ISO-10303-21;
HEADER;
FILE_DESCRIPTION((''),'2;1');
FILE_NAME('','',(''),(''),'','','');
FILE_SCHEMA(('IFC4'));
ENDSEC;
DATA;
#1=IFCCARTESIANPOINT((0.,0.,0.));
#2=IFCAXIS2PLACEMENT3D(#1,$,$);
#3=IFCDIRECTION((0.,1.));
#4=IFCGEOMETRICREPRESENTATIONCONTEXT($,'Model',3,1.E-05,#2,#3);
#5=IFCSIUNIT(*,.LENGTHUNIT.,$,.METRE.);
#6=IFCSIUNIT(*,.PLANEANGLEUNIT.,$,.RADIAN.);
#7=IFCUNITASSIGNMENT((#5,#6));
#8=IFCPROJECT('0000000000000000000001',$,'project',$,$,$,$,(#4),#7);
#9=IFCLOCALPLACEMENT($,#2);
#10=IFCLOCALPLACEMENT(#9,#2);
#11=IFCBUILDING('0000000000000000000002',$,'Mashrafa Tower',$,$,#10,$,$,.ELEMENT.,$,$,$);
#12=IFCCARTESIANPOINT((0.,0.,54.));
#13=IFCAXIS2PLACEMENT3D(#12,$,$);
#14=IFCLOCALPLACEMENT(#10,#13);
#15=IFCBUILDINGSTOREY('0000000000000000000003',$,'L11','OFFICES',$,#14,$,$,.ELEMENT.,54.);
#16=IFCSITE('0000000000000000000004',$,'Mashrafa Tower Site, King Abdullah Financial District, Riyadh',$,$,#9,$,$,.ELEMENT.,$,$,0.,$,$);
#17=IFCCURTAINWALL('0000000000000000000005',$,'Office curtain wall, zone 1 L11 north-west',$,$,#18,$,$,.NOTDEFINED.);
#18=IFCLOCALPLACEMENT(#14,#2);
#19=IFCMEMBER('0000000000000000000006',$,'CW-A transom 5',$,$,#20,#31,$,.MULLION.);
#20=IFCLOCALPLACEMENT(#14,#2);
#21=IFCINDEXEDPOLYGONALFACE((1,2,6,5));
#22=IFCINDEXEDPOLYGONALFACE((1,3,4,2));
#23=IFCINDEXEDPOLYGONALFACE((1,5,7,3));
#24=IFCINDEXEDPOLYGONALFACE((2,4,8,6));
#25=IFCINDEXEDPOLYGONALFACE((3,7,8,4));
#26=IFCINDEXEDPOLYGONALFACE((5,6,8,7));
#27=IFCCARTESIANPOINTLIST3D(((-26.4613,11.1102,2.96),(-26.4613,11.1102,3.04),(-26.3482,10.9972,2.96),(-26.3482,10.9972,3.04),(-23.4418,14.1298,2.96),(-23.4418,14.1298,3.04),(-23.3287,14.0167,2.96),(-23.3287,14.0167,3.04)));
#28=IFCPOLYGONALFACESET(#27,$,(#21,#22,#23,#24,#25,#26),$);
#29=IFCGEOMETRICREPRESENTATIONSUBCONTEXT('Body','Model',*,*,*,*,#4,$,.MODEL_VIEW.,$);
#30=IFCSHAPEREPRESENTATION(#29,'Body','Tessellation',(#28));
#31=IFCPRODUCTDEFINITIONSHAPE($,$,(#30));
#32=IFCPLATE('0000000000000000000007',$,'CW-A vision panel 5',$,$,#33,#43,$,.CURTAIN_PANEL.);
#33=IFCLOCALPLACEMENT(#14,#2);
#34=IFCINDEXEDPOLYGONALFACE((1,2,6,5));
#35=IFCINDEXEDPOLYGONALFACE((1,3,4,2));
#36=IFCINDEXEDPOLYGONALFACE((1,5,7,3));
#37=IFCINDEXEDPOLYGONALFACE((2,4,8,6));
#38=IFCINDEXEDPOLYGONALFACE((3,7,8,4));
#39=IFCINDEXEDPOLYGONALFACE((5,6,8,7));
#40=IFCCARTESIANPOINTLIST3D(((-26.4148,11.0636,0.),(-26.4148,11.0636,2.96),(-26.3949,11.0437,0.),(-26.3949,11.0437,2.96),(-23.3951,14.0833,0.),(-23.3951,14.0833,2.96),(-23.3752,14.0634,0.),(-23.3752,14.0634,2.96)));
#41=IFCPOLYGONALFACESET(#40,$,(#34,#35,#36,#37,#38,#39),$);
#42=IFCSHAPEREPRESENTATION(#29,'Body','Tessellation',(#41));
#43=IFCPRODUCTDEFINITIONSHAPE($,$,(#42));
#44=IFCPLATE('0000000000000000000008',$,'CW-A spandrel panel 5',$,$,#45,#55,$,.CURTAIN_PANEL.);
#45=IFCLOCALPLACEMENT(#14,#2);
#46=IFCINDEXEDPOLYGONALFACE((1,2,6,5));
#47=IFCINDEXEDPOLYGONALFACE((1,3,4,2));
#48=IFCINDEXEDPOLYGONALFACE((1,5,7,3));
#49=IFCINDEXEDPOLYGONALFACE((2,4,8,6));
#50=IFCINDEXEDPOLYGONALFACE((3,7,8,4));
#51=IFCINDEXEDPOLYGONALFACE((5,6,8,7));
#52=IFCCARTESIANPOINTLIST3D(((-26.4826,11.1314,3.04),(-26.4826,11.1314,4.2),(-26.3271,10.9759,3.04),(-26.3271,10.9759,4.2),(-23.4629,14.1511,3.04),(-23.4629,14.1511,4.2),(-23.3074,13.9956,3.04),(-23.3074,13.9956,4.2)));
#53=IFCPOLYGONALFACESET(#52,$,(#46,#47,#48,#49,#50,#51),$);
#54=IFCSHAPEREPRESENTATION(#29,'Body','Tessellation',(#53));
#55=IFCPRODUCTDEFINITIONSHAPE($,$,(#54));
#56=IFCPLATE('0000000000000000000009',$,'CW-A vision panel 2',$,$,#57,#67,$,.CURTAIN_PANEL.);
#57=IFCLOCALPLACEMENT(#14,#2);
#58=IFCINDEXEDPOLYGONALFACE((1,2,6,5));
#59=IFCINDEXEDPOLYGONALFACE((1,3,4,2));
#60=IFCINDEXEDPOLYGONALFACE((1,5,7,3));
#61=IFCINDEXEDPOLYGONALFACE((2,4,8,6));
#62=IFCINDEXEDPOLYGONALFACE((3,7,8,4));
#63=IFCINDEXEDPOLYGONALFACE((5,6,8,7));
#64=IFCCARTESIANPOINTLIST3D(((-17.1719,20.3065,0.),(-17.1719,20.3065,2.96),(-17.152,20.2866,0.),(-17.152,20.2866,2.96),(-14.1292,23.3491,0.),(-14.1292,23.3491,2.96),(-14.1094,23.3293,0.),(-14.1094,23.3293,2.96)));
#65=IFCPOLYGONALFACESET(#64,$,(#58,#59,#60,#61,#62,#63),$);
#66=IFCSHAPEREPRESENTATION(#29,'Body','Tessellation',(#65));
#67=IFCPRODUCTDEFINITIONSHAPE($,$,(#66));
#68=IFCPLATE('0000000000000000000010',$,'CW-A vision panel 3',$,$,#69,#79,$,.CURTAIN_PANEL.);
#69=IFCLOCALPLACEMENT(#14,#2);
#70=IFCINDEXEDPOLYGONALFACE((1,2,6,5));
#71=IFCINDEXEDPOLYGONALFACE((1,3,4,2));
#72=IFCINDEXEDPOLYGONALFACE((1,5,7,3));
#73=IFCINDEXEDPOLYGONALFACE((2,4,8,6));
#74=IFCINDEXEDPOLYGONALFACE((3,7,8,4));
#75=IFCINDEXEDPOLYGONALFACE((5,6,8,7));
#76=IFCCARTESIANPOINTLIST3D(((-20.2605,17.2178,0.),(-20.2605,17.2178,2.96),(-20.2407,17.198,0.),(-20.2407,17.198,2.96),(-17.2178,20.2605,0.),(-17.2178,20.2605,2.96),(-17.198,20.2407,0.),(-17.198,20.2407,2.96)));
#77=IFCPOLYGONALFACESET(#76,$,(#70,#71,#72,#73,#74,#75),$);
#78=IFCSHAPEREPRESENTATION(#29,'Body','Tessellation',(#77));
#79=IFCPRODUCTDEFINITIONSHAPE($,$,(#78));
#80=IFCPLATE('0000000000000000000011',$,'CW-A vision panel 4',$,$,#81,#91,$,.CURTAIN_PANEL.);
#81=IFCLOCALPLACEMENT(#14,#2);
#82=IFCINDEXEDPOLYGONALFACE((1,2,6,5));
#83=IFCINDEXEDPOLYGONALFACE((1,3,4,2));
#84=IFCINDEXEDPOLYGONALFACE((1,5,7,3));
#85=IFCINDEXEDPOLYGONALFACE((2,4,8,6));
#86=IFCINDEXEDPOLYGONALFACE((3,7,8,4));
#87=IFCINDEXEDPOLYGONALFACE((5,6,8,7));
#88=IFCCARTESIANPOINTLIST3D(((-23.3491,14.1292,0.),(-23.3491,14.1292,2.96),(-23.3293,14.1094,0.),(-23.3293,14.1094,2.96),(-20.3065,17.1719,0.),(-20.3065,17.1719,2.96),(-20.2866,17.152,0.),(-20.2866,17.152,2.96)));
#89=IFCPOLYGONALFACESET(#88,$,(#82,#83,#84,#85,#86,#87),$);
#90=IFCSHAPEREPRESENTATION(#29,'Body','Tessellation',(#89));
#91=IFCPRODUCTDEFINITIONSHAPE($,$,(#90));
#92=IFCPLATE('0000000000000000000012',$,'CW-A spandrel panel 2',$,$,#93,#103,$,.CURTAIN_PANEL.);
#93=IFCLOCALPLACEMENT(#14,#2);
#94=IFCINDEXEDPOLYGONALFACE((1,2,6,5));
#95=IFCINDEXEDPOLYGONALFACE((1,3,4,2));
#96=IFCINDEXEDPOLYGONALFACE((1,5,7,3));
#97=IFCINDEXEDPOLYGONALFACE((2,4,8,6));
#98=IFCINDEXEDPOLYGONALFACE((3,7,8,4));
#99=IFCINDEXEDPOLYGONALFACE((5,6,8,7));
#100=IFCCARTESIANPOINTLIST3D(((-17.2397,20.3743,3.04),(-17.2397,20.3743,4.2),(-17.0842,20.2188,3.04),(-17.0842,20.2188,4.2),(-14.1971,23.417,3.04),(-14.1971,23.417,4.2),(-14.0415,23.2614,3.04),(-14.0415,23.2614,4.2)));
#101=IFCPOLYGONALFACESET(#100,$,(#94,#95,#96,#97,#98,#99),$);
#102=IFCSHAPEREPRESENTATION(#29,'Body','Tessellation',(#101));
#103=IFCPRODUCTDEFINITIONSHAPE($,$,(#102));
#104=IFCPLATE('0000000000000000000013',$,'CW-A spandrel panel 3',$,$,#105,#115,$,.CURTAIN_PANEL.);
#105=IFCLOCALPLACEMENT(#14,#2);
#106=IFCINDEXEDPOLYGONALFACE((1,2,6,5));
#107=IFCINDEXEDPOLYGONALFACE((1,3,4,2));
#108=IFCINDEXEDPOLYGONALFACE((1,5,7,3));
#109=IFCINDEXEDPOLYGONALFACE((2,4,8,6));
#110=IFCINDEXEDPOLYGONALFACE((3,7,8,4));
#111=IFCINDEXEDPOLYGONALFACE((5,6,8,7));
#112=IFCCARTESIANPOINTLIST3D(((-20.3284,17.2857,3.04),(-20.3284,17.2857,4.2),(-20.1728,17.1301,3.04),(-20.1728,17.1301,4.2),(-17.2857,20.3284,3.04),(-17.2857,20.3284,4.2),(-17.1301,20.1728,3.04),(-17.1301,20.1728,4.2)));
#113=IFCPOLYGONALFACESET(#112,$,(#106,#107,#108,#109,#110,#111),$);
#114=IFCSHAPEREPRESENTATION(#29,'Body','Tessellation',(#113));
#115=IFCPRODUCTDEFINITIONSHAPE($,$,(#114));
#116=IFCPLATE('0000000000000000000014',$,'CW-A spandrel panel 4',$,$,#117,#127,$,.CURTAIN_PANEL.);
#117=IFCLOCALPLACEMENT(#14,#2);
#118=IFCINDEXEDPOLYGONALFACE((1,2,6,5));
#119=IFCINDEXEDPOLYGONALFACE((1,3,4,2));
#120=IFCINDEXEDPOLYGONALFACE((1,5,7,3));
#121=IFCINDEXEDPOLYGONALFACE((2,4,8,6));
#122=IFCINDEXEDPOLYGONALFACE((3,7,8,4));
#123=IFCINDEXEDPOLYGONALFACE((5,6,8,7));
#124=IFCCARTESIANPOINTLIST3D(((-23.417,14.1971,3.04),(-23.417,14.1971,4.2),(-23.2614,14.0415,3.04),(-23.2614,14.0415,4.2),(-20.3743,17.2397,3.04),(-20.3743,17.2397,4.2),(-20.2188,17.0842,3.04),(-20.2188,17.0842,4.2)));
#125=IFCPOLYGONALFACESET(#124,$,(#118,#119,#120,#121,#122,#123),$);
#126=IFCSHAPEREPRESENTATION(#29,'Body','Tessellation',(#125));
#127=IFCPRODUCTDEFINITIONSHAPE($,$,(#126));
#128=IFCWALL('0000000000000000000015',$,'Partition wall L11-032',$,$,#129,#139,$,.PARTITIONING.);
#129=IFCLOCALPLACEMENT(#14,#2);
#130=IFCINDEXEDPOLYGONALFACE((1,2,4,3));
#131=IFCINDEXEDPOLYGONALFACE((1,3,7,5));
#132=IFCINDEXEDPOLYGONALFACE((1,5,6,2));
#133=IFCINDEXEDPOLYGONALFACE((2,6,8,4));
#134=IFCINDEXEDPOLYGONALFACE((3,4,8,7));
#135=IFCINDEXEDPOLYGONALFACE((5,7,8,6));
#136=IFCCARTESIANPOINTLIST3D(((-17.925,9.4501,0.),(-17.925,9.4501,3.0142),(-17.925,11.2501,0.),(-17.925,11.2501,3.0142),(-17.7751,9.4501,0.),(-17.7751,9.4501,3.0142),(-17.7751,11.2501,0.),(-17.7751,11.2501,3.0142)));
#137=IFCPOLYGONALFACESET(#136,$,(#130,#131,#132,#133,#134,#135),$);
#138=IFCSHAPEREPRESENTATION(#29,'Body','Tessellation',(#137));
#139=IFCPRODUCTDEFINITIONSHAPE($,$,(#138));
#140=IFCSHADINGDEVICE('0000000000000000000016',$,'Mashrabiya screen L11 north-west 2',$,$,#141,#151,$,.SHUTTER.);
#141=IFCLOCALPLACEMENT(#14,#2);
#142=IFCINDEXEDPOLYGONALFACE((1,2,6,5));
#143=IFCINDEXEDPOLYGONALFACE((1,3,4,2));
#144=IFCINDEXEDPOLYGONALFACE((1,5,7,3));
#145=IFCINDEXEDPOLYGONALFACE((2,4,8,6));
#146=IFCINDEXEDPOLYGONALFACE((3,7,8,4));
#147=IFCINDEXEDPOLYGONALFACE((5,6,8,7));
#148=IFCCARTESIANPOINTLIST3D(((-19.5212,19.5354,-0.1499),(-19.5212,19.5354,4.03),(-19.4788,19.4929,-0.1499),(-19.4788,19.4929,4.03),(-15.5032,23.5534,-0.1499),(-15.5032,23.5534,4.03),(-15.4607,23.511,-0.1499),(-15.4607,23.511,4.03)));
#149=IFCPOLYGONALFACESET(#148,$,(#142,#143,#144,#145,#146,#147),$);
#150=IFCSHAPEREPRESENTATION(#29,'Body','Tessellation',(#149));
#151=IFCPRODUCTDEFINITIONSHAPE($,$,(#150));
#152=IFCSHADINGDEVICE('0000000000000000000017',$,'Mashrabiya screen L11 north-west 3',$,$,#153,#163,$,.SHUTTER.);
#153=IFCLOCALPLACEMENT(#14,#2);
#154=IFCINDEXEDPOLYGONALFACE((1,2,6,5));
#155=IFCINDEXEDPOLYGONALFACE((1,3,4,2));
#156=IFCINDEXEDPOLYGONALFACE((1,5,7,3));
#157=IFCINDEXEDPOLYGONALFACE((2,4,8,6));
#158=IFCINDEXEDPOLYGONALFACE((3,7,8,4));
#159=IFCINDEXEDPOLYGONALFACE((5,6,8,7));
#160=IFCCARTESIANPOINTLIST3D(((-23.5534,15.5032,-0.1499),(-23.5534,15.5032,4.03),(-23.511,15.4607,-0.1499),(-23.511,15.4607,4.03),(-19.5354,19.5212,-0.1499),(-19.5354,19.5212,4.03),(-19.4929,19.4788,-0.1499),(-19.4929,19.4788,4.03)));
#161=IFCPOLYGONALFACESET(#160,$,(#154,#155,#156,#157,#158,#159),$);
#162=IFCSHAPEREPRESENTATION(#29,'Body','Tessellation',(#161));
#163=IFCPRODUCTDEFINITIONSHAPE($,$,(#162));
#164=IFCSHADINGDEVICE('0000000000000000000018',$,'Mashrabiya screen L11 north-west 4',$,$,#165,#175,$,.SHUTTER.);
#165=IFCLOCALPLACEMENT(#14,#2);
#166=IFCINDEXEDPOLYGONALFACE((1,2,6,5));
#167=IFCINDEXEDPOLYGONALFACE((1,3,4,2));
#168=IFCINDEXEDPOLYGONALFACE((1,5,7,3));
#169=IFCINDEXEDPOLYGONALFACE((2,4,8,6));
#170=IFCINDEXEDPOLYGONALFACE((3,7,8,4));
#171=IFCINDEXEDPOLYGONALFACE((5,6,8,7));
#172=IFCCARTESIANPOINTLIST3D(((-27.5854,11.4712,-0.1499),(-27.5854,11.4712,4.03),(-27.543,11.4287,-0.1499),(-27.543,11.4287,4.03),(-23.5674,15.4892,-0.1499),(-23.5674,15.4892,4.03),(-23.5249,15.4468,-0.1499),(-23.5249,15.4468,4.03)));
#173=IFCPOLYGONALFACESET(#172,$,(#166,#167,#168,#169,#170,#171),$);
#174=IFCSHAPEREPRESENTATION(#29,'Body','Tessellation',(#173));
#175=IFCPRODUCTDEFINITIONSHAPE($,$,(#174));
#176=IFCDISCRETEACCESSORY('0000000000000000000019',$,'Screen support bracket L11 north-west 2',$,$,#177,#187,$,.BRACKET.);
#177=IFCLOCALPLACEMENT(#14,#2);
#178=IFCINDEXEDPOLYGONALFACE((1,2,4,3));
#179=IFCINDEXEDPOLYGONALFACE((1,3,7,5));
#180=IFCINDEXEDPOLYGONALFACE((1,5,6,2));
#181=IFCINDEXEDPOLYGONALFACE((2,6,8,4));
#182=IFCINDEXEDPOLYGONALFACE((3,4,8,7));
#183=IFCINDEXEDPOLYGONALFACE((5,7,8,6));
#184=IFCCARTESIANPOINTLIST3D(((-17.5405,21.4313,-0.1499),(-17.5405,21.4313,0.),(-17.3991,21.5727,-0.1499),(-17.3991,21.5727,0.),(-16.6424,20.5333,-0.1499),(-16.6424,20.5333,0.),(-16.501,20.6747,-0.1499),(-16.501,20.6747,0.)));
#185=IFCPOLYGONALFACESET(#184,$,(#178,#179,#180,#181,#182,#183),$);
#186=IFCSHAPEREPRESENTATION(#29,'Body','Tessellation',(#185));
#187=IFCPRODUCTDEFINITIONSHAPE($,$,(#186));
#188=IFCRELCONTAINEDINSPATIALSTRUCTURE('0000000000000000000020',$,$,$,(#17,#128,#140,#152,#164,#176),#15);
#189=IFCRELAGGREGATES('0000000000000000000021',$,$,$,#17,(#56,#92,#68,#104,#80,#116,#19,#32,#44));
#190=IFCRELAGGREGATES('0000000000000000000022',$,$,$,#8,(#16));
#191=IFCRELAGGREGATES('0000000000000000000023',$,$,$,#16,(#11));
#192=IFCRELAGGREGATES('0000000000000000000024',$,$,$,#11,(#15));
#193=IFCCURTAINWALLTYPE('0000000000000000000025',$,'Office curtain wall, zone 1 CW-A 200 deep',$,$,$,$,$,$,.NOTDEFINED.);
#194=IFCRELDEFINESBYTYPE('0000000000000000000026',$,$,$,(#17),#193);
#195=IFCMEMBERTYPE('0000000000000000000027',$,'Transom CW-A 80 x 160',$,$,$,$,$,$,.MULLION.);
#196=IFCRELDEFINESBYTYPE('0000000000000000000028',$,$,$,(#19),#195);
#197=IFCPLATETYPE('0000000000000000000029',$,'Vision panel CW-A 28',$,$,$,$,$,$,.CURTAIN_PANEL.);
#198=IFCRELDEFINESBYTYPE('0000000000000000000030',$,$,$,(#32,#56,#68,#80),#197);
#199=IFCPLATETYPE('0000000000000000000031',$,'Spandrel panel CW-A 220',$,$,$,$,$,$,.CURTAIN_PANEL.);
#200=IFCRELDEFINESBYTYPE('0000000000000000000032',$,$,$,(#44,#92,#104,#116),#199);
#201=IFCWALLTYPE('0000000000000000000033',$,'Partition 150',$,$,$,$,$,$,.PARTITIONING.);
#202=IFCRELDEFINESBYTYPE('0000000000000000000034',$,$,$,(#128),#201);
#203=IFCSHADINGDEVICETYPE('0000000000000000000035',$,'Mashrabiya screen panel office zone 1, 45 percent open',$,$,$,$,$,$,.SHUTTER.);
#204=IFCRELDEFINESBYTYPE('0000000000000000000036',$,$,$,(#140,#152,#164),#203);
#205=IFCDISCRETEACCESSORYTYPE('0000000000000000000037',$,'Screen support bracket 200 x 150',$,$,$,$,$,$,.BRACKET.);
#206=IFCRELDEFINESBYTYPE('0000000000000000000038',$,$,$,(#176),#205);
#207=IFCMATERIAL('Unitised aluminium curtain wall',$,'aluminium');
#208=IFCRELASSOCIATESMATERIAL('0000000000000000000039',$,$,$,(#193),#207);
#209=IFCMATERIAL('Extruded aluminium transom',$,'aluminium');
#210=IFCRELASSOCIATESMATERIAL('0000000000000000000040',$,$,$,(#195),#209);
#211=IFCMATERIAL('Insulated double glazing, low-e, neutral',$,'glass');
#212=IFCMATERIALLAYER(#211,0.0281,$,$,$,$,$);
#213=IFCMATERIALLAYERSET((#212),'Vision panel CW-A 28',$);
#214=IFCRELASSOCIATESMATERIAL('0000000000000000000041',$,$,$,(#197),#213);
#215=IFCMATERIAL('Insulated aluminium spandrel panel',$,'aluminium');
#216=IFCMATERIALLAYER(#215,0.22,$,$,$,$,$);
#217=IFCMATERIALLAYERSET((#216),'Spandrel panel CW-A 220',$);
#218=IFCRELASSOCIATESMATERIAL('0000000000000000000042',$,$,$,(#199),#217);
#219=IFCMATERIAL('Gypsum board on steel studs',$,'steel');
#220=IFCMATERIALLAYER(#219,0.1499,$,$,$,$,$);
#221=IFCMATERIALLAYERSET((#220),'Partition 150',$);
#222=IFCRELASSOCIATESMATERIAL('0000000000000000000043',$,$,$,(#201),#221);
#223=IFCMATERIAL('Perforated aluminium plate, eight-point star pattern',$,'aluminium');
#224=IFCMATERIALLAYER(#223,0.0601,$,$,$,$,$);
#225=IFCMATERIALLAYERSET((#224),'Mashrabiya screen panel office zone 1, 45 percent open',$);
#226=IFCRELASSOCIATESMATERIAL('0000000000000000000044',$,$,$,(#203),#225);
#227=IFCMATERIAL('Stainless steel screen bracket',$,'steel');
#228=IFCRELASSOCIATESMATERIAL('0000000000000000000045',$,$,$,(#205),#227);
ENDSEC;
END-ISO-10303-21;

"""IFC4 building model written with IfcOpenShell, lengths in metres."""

from ifc_helpers import new_model, si_unit, direction, frame, frame_2d, origin, origin_2d, place, context, subcontext, project, spatial, rectangle, extrude, source, transform, mapped, material, layer, layer_set, material_profile, profile_set, type_object, type_shapes, element, aggregate, save


model = new_model("IFC4")

# Units and contexts
model_context = context("Model", 3, precision=1e-05, world=origin(), true_north=direction((0.0, 1.0)))
body_context = subcontext(model_context, "Body", "Model", "MODEL_VIEW")
ifc_project = project(units=[si_unit("LENGTHUNIT", "METRE"), si_unit("PLANEANGLEUNIT", "RADIAN")], contexts=[model_context])

# Site, building, storey
site_placement = place(None, origin())
site = spatial("IfcSite", under=ifc_project, at=site_placement, Name="Mashrafa Tower Site, King Abdullah Financial District, Riyadh", CompositionType="ELEMENT", RefElevation=0.0)
building_placement = place(site_placement, origin())
building = spatial("IfcBuilding", under=site, at=building_placement, Name="Mashrafa Tower", CompositionType="ELEMENT")
storey_placement = place(building_placement, frame((0.0, 0.0, 54.0)))
storey = spatial("IfcBuildingStorey", under=building, at=storey_placement, Name="L11", Description="OFFICES", CompositionType="ELEMENT", Elevation=54.0)

# Curtain wall
ifc_material_1 = material(Name="Unitised aluminium curtain wall", Category="aluminium")
curtain_wall_type = type_object("IfcCurtainWallType", Name="Office curtain wall, zone 1 CW-A 200 deep", PredefinedType="NOTDEFINED", material=ifc_material_1)
curtain_wall_1_placement = place(storey_placement, origin())
curtain_wall_1 = element("IfcCurtainWall", 1, at=curtain_wall_1_placement, inside=storey, type_object=curtain_wall_type, Name="Office curtain wall, zone 1 L11 north-west", PredefinedType="NOTDEFINED")
ifc_material_2 = material(Name="Extruded aluminium transom", Category="aluminium")
ifc_material_profile_1 = material_profile(ifc_material_2, rectangle(XDim=0.1599, YDim=0.0801, at=origin_2d()), Name="Transom 80x160")
ifc_profile_set_1 = profile_set([ifc_material_profile_1], Name="Extruded aluminium transom")
member_type_1 = type_object("IfcMemberType", Name="Transom CW-A 80 x 160", PredefinedType="MULLION", material=ifc_profile_set_1)

# Member
shared_shape_1 = source(origin(), body_context, "Body", "SweptSolid", [
    extrude(rectangle(XDim=0.1599, YDim=0.0801, at=origin_2d()), origin(), (0.0, 0.0, 1.0), 4.2703),
])
member_1_placement = place(storey_placement, frame((-23.3853, 14.0732, 3.0), z_axis=(-0.707107, -0.707107, 0.0), x_axis=(0.707107, -0.707107, 0.0)))
member_1 = element("IfcMember", 2, at=member_1_placement, type_object=member_type_1, Name="CW-A transom 5", PredefinedType="MULLION", context=body_context, shape_type="MappedRepresentation", body=[
    mapped(shared_shape_1, transform((0.0, 0.0, 0.0))),
])

# Plates
ifc_material_3 = material(Name="Insulated double glazing, low-e, neutral", Category="glass")
ifc_layer_1 = layer(ifc_material_3, 0.0281)
ifc_layer_set_1 = layer_set([ifc_layer_1], Name="Vision panel CW-A 28")
plate_type_1 = type_object("IfcPlateType", Name="Vision panel CW-A 28", PredefinedType="CURTAIN_PANEL", material=ifc_layer_set_1)
shared_shape_2 = source(origin(), body_context, "Body", "SweptSolid", [
    extrude(rectangle(XDim=4.2705, YDim=0.0281, at=origin_2d()), origin(), (0.0, 0.0, 1.0), 2.96),
])
plate_1_placement = place(storey_placement, frame((-24.895, 12.5635, 0.0), z_axis=(0.0, 0.0, 1.0), x_axis=(-0.707107, -0.707107, 0.0)))
plate_1 = element("IfcPlate", 3, at=plate_1_placement, type_object=plate_type_1, Name="CW-A vision panel 5", PredefinedType="CURTAIN_PANEL", context=body_context, shape_type="MappedRepresentation", body=[
    mapped(shared_shape_2, transform((0.0, 0.0, 0.0))),
])
ifc_material_4 = material(Name="Insulated aluminium spandrel panel", Category="aluminium")
ifc_layer_2 = layer(ifc_material_4, 0.22)
ifc_layer_set_2 = layer_set([ifc_layer_2], Name="Spandrel panel CW-A 220")
plate_type_2 = type_object("IfcPlateType", Name="Spandrel panel CW-A 220", PredefinedType="CURTAIN_PANEL", material=ifc_layer_set_2)
shared_shape_3 = source(origin(), body_context, "Body", "SweptSolid", [
    extrude(rectangle(XDim=4.2705, YDim=0.22, at=origin_2d()), origin(), (0.0, 0.0, 1.0), 1.1599),
])
plate_2_placement = place(storey_placement, frame((-24.895, 12.5635, 3.04), z_axis=(0.0, 0.0, 1.0), x_axis=(-0.707107, -0.707107, 0.0)))
plate_2 = element("IfcPlate", 4, at=plate_2_placement, type_object=plate_type_2, Name="CW-A spandrel panel 5", PredefinedType="CURTAIN_PANEL", context=body_context, shape_type="MappedRepresentation", body=[
    mapped(shared_shape_3, transform((0.0, 0.0, 0.0))),
])
shared_shape_4 = source(origin(), body_context, "Body", "SweptSolid", [
    extrude(rectangle(XDim=4.303, YDim=0.0281, at=origin_2d()), origin(), (0.0, 0.0, 1.0), 2.96),
])
type_shapes(plate_type_1, [shared_shape_2, shared_shape_4])
plate_3_placement = place(storey_placement, frame((-15.6406, 21.8179, 0.0), z_axis=(0.0, 0.0, 1.0), x_axis=(-0.707107, -0.707107, 0.0)))
plate_3 = element("IfcPlate", 5, at=plate_3_placement, type_object=plate_type_1, Name="CW-A vision panel 2", PredefinedType="CURTAIN_PANEL", context=body_context, shape_type="MappedRepresentation", body=[
    mapped(shared_shape_4, transform((0.0, 0.0, 0.0))),
])
plate_4_placement = place(storey_placement, frame((-18.7292, 18.7292, 0.0), z_axis=(0.0, 0.0, 1.0), x_axis=(-0.707107, -0.707107, 0.0)))
plate_4 = element("IfcPlate", 6, at=plate_4_placement, type_object=plate_type_1, Name="CW-A vision panel 3", PredefinedType="CURTAIN_PANEL", context=body_context, shape_type="MappedRepresentation", body=[
    mapped(shared_shape_4, transform((0.0, 0.0, 0.0))),
])
plate_5_placement = place(storey_placement, frame((-21.8179, 15.6406, 0.0), z_axis=(0.0, 0.0, 1.0), x_axis=(-0.707107, -0.707107, 0.0)))
plate_5 = element("IfcPlate", 7, at=plate_5_placement, type_object=plate_type_1, Name="CW-A vision panel 4", PredefinedType="CURTAIN_PANEL", context=body_context, shape_type="MappedRepresentation", body=[
    mapped(shared_shape_4, transform((0.0, 0.0, 0.0))),
])
shared_shape_5 = source(origin(), body_context, "Body", "SweptSolid", [
    extrude(rectangle(XDim=4.303, YDim=0.22, at=origin_2d()), origin(), (0.0, 0.0, 1.0), 1.1599),
])
type_shapes(plate_type_2, [shared_shape_3, shared_shape_5])
plate_6_placement = place(storey_placement, frame((-15.6406, 21.8179, 3.04), z_axis=(0.0, 0.0, 1.0), x_axis=(-0.707107, -0.707107, 0.0)))
plate_6 = element("IfcPlate", 8, at=plate_6_placement, type_object=plate_type_2, Name="CW-A spandrel panel 2", PredefinedType="CURTAIN_PANEL", context=body_context, shape_type="MappedRepresentation", body=[
    mapped(shared_shape_5, transform((0.0, 0.0, 0.0))),
])
plate_7_placement = place(storey_placement, frame((-18.7292, 18.7292, 3.04), z_axis=(0.0, 0.0, 1.0), x_axis=(-0.707107, -0.707107, 0.0)))
plate_7 = element("IfcPlate", 9, at=plate_7_placement, type_object=plate_type_2, Name="CW-A spandrel panel 3", PredefinedType="CURTAIN_PANEL", context=body_context, shape_type="MappedRepresentation", body=[
    mapped(shared_shape_5, transform((0.0, 0.0, 0.0))),
])
plate_8_placement = place(storey_placement, frame((-21.8179, 15.6406, 3.04), z_axis=(0.0, 0.0, 1.0), x_axis=(-0.707107, -0.707107, 0.0)))
plate_8 = element("IfcPlate", 10, at=plate_8_placement, type_object=plate_type_2, Name="CW-A spandrel panel 4", PredefinedType="CURTAIN_PANEL", context=body_context, shape_type="MappedRepresentation", body=[
    mapped(shared_shape_5, transform((0.0, 0.0, 0.0))),
])
aggregate(curtain_wall_1, [plate_3, plate_6, plate_4, plate_7, plate_5, plate_8, member_1, plate_1, plate_2])

# Wall
ifc_material_5 = material(Name="Gypsum board on steel studs", Category="steel")
ifc_layer_3 = layer(ifc_material_5, 0.1499)
ifc_layer_set_3 = layer_set([ifc_layer_3], Name="Partition 150")
wall_type = type_object("IfcWallType", Name="Partition 150", PredefinedType="PARTITIONING", material=ifc_layer_set_3)
wall_placement = place(storey_placement, frame((-17.8501, 11.25, 0.0), z_axis=(0.0, 0.0, 1.0), x_axis=(0.0, -1.0, 0.0)))
element("IfcWall", 11, at=wall_placement, inside=storey, type_object=wall_type, Name="Partition wall L11-032", PredefinedType="PARTITIONING", context=body_context, shape_type="SweptSolid", body=[
    extrude(rectangle(XDim=1.8, YDim=0.1499, at=frame_2d((0.8999, 0.0))), origin(), (0.0, 0.0, 1.0), 3.0142),
])

# Shading devices
ifc_material_6 = material(Name="Perforated aluminium plate, eight-point star pattern", Category="aluminium")
ifc_layer_4 = layer(ifc_material_6, 0.0601)
ifc_layer_set_4 = layer_set([ifc_layer_4], Name="Mashrabiya screen panel office zone 1, 45 percent open")
shading_device_type = type_object("IfcShadingDeviceType", Name="Mashrabiya screen panel office zone 1, 45 percent open", PredefinedType="SHUTTER", material=ifc_layer_set_4)
shared_shape_6 = source(origin(), body_context, "Body", "SweptSolid", [
    extrude(rectangle(XDim=5.6824, YDim=0.0601, at=origin_2d()), origin(), (0.0, 0.0, 1.0), 4.1799),
])
type_shapes(shading_device_type, [shared_shape_6])
for number, where, z_axis, x_axis, name in (
    (12, (-17.491, 21.5232, -0.1499), (0.0, 0.0, 1.0), (-0.707107, -0.707107, 0.0), "Mashrabiya screen L11 north-west 2"),
    (13, (-21.5232, 17.491, -0.1499), (0.0, 0.0, 1.0), (-0.707107, -0.707107, 0.0), "Mashrabiya screen L11 north-west 3"),
    (14, (-25.5552, 13.459, -0.1499), (0.0, 0.0, 1.0), (-0.707107, -0.707107, 0.0), "Mashrabiya screen L11 north-west 4"),
):
    element("IfcShadingDevice", number, at=place(storey_placement, frame(where, z_axis=z_axis, x_axis=x_axis)), inside=storey, type_object=shading_device_type, Name=name, PredefinedType="SHUTTER", context=body_context, shape_type="MappedRepresentation", body=[
        mapped(shared_shape_6, transform((0.0, 0.0, 0.0))),
    ])

# Discrete accessory
ifc_material_7 = material(Name="Stainless steel screen bracket", Category="steel")
discrete_accessory_type = type_object("IfcDiscreteAccessoryType", Name="Screen support bracket 200 x 150", PredefinedType="BRACKET", material=ifc_material_7)
shared_shape_7 = source(origin(), body_context, "Body", "SweptSolid", [
    extrude(rectangle(XDim=0.2, YDim=1.27, at=origin_2d()), origin(), (0.0, 0.0, 1.0), 0.1499),
])
type_shapes(discrete_accessory_type, [shared_shape_7])
for number, where, z_axis, x_axis, name in (
    (15, (-17.0208, 21.053, -0.1499), (0.0, 0.0, 1.0), (-0.707107, -0.707107, 0.0), "Screen support bracket L11 north-west 2"),
):
    element("IfcDiscreteAccessory", number, at=place(storey_placement, frame(where, z_axis=z_axis, x_axis=x_axis)), inside=storey, type_object=discrete_accessory_type, Name=name, PredefinedType="BRACKET", context=body_context, shape_type="MappedRepresentation", body=[
        mapped(shared_shape_7, transform((0.0, 0.0, 0.0))),
    ])

save(model, "model.ifc")
